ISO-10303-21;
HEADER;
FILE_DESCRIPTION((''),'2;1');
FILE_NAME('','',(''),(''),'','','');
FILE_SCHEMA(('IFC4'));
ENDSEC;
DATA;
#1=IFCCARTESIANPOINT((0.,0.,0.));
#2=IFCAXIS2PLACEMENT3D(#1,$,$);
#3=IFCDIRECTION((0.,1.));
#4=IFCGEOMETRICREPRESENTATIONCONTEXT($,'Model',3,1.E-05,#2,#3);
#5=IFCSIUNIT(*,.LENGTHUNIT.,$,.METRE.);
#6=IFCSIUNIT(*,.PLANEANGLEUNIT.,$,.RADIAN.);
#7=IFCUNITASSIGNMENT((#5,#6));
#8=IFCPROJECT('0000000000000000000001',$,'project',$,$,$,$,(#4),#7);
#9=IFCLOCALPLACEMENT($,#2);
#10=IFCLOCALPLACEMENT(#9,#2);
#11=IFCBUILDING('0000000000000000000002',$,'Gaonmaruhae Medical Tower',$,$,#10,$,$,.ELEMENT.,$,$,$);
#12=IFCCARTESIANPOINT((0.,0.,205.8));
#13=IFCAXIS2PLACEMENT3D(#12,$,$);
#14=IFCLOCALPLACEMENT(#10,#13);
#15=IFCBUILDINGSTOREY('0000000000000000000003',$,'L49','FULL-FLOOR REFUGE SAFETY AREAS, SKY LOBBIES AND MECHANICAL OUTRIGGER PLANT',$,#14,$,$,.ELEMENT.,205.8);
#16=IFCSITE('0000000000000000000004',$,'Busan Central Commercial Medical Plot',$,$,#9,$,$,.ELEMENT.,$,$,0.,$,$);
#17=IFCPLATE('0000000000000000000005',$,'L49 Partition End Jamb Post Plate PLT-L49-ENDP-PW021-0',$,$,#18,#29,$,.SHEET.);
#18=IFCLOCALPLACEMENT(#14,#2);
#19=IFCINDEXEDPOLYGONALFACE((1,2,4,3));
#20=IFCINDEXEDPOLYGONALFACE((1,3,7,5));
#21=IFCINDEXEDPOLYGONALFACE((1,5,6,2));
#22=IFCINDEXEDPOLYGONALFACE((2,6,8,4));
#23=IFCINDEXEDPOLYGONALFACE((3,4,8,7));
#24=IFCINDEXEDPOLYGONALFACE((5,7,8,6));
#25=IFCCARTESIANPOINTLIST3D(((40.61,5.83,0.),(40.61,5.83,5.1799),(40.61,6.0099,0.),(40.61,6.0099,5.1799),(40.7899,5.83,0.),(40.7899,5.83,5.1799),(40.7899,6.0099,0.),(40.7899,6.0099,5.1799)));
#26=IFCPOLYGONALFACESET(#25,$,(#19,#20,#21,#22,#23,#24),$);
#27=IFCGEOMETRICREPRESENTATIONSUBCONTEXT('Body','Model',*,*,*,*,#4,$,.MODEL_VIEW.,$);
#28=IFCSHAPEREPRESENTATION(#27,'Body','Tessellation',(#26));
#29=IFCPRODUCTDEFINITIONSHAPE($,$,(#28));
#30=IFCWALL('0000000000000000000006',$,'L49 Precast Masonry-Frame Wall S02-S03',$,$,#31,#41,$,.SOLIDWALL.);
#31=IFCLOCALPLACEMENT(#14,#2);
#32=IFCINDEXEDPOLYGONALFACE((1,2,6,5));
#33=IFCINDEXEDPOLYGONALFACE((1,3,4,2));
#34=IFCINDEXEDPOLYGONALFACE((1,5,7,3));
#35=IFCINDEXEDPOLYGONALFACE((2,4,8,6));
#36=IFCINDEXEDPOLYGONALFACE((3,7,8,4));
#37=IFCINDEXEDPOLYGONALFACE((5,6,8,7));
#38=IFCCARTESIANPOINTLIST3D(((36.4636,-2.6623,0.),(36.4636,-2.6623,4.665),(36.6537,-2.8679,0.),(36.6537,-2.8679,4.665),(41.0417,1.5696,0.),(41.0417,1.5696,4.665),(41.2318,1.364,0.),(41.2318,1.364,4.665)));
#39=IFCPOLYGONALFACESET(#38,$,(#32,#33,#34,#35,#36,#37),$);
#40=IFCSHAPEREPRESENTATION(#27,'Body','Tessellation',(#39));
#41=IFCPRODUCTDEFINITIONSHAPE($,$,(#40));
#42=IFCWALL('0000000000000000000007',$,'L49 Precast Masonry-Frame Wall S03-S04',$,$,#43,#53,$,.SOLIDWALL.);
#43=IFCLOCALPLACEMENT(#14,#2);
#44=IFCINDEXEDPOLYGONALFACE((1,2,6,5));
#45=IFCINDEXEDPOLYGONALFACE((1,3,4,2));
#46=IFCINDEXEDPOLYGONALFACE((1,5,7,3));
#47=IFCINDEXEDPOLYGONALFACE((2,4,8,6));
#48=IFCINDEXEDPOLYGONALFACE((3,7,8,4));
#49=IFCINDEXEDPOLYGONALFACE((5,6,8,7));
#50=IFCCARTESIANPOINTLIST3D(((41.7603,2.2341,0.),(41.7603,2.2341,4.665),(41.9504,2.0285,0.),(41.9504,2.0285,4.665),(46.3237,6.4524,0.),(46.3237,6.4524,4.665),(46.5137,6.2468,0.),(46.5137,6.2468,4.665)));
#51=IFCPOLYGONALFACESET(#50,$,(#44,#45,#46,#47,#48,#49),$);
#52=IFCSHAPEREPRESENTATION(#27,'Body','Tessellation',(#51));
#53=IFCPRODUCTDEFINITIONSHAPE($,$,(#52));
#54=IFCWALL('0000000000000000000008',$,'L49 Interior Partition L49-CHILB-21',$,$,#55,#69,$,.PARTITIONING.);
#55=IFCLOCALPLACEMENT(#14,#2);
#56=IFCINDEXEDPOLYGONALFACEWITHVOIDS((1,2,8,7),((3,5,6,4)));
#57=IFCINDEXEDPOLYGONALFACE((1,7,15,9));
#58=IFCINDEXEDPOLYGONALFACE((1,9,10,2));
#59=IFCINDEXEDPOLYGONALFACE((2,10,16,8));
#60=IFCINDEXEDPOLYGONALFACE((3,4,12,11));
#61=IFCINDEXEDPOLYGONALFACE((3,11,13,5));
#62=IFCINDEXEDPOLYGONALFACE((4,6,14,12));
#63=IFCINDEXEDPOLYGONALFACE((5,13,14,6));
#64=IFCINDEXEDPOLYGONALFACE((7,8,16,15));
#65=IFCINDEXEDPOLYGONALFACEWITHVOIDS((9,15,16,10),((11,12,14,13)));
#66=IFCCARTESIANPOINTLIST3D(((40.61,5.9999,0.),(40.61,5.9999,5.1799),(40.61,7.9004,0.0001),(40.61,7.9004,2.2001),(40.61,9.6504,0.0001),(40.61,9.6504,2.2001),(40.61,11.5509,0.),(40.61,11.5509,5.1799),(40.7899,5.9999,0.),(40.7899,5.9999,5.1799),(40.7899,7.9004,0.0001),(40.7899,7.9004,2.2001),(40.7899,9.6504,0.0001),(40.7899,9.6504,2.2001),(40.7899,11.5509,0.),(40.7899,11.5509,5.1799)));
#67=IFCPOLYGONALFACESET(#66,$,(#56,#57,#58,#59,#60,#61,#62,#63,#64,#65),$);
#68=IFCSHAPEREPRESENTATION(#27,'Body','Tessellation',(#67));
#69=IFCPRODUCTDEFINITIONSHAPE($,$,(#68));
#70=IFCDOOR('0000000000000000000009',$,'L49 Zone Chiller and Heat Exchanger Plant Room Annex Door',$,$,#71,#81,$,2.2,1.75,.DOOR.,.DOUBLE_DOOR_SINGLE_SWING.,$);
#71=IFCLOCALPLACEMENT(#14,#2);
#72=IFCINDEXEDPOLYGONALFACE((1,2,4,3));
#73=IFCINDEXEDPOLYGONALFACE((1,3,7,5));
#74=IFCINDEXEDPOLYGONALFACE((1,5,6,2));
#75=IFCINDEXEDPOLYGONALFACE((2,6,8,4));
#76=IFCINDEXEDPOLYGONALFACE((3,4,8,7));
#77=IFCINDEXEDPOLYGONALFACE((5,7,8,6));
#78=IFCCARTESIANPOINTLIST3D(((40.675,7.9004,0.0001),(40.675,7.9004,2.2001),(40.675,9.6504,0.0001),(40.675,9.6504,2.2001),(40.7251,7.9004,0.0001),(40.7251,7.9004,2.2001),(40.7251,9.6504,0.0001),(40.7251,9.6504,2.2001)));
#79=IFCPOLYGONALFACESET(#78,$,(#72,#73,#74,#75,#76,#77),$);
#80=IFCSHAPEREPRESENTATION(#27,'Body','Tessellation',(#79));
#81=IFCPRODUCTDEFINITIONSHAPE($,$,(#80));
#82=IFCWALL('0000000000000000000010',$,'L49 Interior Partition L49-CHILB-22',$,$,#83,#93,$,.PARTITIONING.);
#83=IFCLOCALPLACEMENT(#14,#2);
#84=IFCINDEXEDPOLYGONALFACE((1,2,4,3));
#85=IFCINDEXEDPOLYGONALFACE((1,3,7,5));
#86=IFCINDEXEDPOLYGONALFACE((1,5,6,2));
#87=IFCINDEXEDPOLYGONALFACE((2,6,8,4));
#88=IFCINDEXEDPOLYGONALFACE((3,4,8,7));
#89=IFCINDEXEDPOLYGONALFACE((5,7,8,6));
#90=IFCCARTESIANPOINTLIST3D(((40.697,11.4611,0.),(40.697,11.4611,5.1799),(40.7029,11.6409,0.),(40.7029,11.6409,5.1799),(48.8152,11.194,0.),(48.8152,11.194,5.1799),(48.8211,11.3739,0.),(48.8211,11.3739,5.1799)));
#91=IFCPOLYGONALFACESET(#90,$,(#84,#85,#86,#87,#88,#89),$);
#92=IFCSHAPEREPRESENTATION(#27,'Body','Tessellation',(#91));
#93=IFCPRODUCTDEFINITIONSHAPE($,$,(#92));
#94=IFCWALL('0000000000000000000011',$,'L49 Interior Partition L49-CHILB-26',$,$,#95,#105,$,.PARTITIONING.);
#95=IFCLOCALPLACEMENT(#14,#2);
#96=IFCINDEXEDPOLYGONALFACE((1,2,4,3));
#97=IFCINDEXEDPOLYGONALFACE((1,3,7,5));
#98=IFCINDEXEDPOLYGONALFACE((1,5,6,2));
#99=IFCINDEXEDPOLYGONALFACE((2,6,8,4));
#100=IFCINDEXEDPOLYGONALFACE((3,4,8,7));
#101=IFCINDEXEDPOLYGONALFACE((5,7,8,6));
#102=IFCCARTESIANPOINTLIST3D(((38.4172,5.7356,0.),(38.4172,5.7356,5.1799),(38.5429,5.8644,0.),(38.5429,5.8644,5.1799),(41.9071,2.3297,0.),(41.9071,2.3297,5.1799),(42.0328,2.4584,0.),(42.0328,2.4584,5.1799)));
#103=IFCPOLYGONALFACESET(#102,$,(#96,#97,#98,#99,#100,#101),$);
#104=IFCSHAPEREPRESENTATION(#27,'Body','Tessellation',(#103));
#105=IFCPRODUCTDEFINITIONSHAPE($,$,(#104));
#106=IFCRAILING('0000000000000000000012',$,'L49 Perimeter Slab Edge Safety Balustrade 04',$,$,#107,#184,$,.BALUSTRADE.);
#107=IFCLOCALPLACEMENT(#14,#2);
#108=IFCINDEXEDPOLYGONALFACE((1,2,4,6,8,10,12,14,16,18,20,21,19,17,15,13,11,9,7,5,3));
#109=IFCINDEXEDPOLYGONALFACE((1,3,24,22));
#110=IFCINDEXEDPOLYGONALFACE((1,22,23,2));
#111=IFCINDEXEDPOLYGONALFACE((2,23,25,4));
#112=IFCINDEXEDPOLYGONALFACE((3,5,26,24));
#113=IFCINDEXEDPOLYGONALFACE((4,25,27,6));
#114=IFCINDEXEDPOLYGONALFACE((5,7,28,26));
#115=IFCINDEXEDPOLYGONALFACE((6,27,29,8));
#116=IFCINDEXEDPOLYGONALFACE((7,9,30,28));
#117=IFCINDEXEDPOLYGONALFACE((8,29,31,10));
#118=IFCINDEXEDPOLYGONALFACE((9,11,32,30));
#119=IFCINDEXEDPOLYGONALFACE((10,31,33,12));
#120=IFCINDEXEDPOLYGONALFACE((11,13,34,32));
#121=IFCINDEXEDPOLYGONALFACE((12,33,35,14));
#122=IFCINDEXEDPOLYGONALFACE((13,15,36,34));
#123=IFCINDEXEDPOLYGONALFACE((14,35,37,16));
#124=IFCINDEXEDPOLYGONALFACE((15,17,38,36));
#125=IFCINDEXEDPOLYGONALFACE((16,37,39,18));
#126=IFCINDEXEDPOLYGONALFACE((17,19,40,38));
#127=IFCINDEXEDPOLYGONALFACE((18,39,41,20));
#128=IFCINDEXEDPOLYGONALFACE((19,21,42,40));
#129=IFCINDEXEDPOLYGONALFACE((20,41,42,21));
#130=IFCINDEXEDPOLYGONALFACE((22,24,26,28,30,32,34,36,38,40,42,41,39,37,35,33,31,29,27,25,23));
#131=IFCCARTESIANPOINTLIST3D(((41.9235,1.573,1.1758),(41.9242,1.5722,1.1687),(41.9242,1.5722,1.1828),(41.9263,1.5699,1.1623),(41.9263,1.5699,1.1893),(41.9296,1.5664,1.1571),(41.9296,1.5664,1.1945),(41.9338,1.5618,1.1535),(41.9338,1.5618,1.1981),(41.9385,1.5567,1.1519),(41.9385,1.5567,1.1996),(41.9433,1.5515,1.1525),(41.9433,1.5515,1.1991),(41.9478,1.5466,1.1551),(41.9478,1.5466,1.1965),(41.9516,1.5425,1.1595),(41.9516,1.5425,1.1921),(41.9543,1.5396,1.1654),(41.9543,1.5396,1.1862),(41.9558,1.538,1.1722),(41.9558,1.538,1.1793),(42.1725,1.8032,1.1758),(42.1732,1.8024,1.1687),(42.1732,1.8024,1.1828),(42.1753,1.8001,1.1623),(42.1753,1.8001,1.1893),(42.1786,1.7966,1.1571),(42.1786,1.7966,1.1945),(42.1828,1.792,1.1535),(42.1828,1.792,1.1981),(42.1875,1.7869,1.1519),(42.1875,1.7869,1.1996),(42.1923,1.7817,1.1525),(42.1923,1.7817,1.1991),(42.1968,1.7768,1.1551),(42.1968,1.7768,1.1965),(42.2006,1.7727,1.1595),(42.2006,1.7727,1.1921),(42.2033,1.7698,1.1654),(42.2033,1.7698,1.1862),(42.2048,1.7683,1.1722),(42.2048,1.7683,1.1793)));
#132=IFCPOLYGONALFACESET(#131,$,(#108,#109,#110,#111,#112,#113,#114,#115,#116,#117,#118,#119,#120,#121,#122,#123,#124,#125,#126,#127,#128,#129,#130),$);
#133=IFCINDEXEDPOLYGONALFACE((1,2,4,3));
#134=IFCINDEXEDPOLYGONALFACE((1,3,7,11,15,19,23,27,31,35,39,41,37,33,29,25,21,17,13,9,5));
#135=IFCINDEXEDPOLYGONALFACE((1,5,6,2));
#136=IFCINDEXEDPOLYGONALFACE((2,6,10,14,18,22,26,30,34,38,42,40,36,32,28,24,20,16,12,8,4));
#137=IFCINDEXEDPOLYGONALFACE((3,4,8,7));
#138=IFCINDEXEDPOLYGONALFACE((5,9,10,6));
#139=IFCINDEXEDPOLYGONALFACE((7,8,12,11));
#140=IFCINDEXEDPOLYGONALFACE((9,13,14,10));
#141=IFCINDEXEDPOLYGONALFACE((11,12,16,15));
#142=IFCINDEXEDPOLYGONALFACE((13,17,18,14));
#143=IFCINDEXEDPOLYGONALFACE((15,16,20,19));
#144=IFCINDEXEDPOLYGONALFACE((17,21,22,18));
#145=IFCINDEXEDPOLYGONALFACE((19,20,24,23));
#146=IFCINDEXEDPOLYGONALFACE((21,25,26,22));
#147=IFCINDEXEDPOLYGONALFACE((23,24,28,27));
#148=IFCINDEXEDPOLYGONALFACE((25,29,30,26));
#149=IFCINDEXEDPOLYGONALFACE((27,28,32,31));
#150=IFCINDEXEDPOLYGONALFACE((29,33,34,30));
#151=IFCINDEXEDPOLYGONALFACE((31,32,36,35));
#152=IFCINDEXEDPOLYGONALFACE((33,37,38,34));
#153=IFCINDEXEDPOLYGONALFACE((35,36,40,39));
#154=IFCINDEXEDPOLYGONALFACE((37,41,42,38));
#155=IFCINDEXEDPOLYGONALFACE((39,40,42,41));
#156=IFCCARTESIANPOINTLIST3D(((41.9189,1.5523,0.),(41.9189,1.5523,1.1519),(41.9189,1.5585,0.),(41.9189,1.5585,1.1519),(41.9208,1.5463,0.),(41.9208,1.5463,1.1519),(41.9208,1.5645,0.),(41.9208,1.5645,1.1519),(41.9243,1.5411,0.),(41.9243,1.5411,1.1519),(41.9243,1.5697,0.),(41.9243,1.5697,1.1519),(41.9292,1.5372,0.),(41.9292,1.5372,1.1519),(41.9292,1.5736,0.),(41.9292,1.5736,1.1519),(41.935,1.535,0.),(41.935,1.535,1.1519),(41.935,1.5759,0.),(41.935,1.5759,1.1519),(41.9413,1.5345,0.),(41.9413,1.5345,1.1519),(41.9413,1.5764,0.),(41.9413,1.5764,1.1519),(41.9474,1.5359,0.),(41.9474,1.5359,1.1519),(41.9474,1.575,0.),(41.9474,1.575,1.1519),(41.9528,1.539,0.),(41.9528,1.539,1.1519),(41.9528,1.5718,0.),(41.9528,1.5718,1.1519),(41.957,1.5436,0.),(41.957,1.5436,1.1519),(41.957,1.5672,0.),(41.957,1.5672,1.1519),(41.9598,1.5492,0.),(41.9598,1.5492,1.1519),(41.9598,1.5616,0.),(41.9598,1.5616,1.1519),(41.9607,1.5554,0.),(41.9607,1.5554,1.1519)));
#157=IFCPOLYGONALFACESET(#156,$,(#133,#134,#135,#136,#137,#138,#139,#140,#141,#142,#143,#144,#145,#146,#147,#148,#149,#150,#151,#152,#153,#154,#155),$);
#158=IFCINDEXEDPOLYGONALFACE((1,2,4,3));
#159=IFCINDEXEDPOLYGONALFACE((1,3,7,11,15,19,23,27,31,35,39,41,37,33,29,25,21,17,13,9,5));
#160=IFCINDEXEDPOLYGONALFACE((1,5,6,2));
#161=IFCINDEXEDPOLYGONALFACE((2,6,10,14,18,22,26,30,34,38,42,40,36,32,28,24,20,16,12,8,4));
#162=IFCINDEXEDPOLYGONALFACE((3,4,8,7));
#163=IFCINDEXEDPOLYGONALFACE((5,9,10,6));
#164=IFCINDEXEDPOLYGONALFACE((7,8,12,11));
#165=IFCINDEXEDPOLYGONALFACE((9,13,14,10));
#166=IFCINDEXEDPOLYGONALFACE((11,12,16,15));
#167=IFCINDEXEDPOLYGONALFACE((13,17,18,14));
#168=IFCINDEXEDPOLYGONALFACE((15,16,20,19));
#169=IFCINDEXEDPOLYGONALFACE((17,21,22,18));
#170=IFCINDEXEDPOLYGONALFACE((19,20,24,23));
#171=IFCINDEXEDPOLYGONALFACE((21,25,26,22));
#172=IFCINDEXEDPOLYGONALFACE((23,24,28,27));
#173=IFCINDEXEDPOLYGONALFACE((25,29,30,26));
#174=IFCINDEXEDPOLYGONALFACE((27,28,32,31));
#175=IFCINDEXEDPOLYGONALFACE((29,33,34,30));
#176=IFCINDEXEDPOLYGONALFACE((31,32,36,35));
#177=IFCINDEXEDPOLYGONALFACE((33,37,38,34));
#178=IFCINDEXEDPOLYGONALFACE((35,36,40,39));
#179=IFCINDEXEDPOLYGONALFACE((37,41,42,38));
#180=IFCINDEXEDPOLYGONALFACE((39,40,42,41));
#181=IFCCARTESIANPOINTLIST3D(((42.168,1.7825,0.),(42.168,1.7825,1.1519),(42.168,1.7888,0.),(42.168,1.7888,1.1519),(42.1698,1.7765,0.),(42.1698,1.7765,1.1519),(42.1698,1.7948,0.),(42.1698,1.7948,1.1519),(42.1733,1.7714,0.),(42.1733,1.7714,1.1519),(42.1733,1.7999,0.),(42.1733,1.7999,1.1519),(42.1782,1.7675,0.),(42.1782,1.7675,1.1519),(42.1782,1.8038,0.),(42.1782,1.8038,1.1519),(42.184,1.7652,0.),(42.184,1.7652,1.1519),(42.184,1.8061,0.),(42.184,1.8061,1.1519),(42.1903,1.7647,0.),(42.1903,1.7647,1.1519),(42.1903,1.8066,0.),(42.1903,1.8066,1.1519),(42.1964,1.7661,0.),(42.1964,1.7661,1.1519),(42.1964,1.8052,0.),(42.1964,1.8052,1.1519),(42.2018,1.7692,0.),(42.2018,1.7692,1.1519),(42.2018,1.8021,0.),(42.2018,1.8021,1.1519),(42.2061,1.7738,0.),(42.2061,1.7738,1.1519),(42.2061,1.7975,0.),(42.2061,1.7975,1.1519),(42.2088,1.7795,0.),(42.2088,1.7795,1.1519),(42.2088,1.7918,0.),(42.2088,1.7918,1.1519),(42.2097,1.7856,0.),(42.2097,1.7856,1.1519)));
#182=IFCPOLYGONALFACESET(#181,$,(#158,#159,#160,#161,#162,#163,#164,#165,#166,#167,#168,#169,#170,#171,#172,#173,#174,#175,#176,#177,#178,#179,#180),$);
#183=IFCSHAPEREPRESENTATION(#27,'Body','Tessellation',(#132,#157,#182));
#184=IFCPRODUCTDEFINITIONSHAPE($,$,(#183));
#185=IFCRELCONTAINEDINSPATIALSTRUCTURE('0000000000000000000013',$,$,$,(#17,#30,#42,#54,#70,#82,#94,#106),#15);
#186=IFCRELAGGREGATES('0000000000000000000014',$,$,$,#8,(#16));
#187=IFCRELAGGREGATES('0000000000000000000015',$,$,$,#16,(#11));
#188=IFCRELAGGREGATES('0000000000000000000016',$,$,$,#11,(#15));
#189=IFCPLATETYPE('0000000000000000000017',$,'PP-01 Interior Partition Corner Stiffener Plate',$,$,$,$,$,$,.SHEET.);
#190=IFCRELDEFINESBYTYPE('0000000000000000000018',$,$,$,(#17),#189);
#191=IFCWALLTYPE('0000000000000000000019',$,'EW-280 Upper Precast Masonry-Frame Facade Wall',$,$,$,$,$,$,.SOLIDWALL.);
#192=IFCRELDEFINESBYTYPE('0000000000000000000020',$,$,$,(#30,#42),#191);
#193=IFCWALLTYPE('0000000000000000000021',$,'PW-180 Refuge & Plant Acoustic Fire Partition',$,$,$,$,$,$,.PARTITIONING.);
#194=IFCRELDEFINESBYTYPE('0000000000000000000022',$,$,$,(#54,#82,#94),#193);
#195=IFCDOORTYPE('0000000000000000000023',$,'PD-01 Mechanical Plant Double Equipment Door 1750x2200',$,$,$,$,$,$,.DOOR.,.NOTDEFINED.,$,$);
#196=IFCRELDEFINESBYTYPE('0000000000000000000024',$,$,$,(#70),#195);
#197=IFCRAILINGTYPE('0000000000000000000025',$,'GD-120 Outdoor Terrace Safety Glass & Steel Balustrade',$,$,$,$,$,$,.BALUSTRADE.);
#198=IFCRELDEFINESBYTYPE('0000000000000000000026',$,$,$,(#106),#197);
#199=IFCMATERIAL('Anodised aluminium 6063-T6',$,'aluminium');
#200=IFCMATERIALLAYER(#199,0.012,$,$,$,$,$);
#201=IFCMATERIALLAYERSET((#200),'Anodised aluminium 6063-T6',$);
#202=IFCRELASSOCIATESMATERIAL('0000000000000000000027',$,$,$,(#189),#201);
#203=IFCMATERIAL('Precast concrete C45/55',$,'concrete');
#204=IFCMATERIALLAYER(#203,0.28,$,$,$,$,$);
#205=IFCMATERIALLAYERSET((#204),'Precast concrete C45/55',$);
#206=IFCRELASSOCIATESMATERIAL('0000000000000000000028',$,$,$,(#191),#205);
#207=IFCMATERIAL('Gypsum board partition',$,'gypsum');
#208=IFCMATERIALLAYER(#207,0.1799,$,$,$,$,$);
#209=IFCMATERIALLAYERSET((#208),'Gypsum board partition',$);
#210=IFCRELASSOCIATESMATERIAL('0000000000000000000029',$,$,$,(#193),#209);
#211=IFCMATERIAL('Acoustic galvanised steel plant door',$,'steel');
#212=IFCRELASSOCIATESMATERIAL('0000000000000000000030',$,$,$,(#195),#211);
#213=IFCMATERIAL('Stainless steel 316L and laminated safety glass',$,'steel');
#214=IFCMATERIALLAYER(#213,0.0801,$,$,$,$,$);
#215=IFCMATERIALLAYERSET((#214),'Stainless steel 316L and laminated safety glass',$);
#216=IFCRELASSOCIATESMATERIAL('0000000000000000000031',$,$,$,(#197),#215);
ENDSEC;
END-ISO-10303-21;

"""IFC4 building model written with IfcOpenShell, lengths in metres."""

from ifc_helpers import new_model, si_unit, direction, frame, frame_2d, origin, origin_2d, place, context, subcontext, project, spatial, rectangle, circle, extrude, material, layer, layer_set, type_object, element, fill, save


model = new_model("IFC4")

# Units and contexts
model_context = context("Model", 3, precision=1e-05, world=origin(), true_north=direction((0.0, 1.0)))
body_context = subcontext(model_context, "Body", "Model", "MODEL_VIEW")
ifc_project = project(units=[si_unit("LENGTHUNIT", "METRE"), si_unit("PLANEANGLEUNIT", "RADIAN")], contexts=[model_context])

# Site, building, storey
site_placement = place(None, origin())
site = spatial("IfcSite", under=ifc_project, at=site_placement, Name="Busan Central Commercial Medical Plot", CompositionType="ELEMENT", RefElevation=0.0)
building_placement = place(site_placement, origin())
building = spatial("IfcBuilding", under=site, at=building_placement, Name="Gaonmaruhae Medical Tower", CompositionType="ELEMENT")
storey_placement = place(building_placement, frame((0.0, 0.0, 205.8)))
storey = spatial("IfcBuildingStorey", under=building, at=storey_placement, Name="L49", Description="FULL-FLOOR REFUGE SAFETY AREAS, SKY LOBBIES AND MECHANICAL OUTRIGGER PLANT", CompositionType="ELEMENT", Elevation=205.8)

# Plate
ifc_material_1 = material(Name="Anodised aluminium 6063-T6", Category="aluminium")
ifc_layer_1 = layer(ifc_material_1, 0.012)
ifc_layer_set_1 = layer_set([ifc_layer_1], Name="Anodised aluminium 6063-T6")
plate_type_1 = type_object("IfcPlateType", Name="PP-01 Interior Partition Corner Stiffener Plate", PredefinedType="SHEET", material=ifc_layer_set_1)
plate_placement = place(storey_placement, frame((40.7, 5.9199, 0.0), z_axis=(0.0, 0.0, 1.0), x_axis=(0.0, 1.0, 0.0)))
element("IfcPlate", 1, at=plate_placement, inside=storey, type_object=plate_type_1, Name="L49 Partition End Jamb Post Plate PLT-L49-ENDP-PW021-0", PredefinedType="SHEET", context=body_context, shape_type="SweptSolid", body=[
    extrude(rectangle(XDim=0.1799, YDim=0.1799, at=origin_2d()), origin(), (0.0, 0.0, 1.0), 5.1799),
])

# Walls
ifc_material_2 = material(Name="Precast concrete C45/55", Category="concrete")
ifc_layer_2 = layer(ifc_material_2, 0.28)
ifc_layer_set_2 = layer_set([ifc_layer_2], Name="Precast concrete C45/55")
wall_type_1 = type_object("IfcWallType", Name="EW-280 Upper Precast Masonry-Frame Facade Wall", PredefinedType="SOLIDWALL", material=ifc_layer_set_2)
wall_1_placement = place(storey_placement, frame((41.1367, 1.4668, 0.0), z_axis=(0.0, 0.0, 1.0), x_axis=(-0.734326, -0.678797, 0.0)))
element("IfcWall", 2, at=wall_1_placement, inside=storey, type_object=wall_type_1, Name="L49 Precast Masonry-Frame Wall S02-S03", PredefinedType="SOLIDWALL", context=body_context, shape_type="SweptSolid", body=[
    extrude(rectangle(XDim=6.2344, YDim=0.28, at=frame_2d((3.1172, 0.0))), origin(), (0.0, 0.0, 1.0), 4.665),
])
wall_2_placement = place(storey_placement, frame((46.4187, 6.3496, 0.0), z_axis=(0.0, 0.0, 1.0), x_axis=(-0.734318, -0.678805, 0.0)))
element("IfcWall", 3, at=wall_2_placement, inside=storey, type_object=wall_type_1, Name="L49 Precast Masonry-Frame Wall S03-S04", PredefinedType="SOLIDWALL", context=body_context, shape_type="SweptSolid", body=[
    extrude(rectangle(XDim=6.2144, YDim=0.28, at=frame_2d((3.1072, 0.0))), origin(), (0.0, 0.0, 1.0), 4.665),
])

# Wall, opening, door
ifc_material_3 = material(Name="Gypsum board partition", Category="gypsum")
ifc_layer_3 = layer(ifc_material_3, 0.1799)
ifc_layer_set_3 = layer_set([ifc_layer_3], Name="Gypsum board partition")
wall_type_2 = type_object("IfcWallType", Name="PW-180 Refuge & Plant Acoustic Fire Partition", PredefinedType="PARTITIONING", material=ifc_layer_set_3)
wall_3_placement = place(storey_placement, frame((40.7, 6.0, 0.0), z_axis=(0.0, 0.0, 1.0), x_axis=(0.0, 1.0, 0.0)))
wall_3 = element("IfcWall", 4, at=wall_3_placement, inside=storey, type_object=wall_type_2, Name="L49 Interior Partition L49-CHILB-21", PredefinedType="PARTITIONING", context=body_context, shape_type="SweptSolid", body=[
    extrude(rectangle(XDim=5.551, YDim=0.1799, at=frame_2d((2.7754, 0.0))), origin(), (0.0, 0.0, 1.0), 5.1799),
])
opening_placement = place(wall_3_placement, frame((1.9004, 0.0, 0.0)))
opening = element("IfcOpeningElement", 5, at=opening_placement, cuts=wall_3, PredefinedType="OPENING", context=body_context, shape_type="SweptSolid", body=[
    extrude(rectangle(XDim=1.75, YDim=2.2, at=frame_2d((0.875, 1.1001))), frame((0.0, 0.1001, 0.0), z_axis=(0.0, -1.0, 0.0), x_axis=(1.0, 0.0, 0.0)), (0.0, 0.0, 1.0), 0.2),
])
ifc_material_4 = material(Name="Acoustic galvanised steel plant door", Category="steel")
door_type = type_object("IfcDoorType", Name="PD-01 Mechanical Plant Double Equipment Door 1750x2200", OperationType="NOTDEFINED", PredefinedType="DOOR", material=ifc_material_4)
door_placement = place(opening_placement, origin())
door = element("IfcDoor", 6, at=door_placement, inside=storey, type_object=door_type, Name="L49 Zone Chiller and Heat Exchanger Plant Room Annex Door", OperationType="DOUBLE_DOOR_SINGLE_SWING", OverallHeight=2.2, OverallWidth=1.75, PredefinedType="DOOR", context=body_context, shape_type="SweptSolid", body=[
    extrude(rectangle(XDim=1.75, YDim=2.2, at=frame_2d((0.875, 1.1001))), frame((0.0, 0.0249, 0.0), z_axis=(0.0, -1.0, 0.0), x_axis=(1.0, 0.0, 0.0)), (0.0, 0.0, 1.0), 0.05),
])
fill(opening, door)

# Walls
wall_4_placement = place(storey_placement, frame((40.7, 11.551, 0.0), z_axis=(0.0, 0.0, 1.0), x_axis=(0.999459, -0.032882, 0.0)))
element("IfcWall", 7, at=wall_4_placement, inside=storey, type_object=wall_type_2, Name="L49 Interior Partition L49-CHILB-22", PredefinedType="PARTITIONING", context=body_context, shape_type="SweptSolid", body=[
    extrude(rectangle(XDim=8.1226, YDim=0.1799, at=frame_2d((4.0613, 0.0))), origin(), (0.0, 0.0, 1.0), 5.1799),
])
wall_5_placement = place(storey_placement, frame((41.97, 2.394, 0.0), z_axis=(0.0, 0.0, 1.0), x_axis=(-0.715665, 0.698443, 0.0)))
element("IfcWall", 8, at=wall_5_placement, inside=storey, type_object=wall_type_2, Name="L49 Interior Partition L49-CHILB-26", PredefinedType="PARTITIONING", context=body_context, shape_type="SweptSolid", body=[
    extrude(rectangle(XDim=4.8765, YDim=0.1799, at=frame_2d((2.4382, 0.0))), origin(), (0.0, 0.0, 1.0), 5.1799),
])

# Railing
ifc_material_5 = material(Name="Stainless steel 316L and laminated safety glass", Category="steel")
ifc_layer_4 = layer(ifc_material_5, 0.0801)
ifc_layer_set_4 = layer_set([ifc_layer_4], Name="Stainless steel 316L and laminated safety glass")
railing_type = type_object("IfcRailingType", Name="GD-120 Outdoor Terrace Safety Glass & Steel Balustrade", PredefinedType="BALUSTRADE", material=ifc_layer_set_4)
railing_placement = place(storey_placement, frame((41.9397, 1.5554, 0.0)))
element("IfcRailing", 9, at=railing_placement, inside=storey, type_object=railing_type, Name="L49 Perimeter Slab Edge Safety Balustrade 04", PredefinedType="BALUSTRADE", context=body_context, shape_type="SweptSolid", body=[
    extrude(circle(Radius=0.0239, at=origin_2d()), frame((0.0, 0.0, 1.1758), z_axis=(0.734279, 0.678848, 0.0), x_axis=(-0.678848, 0.734279, 0.0)), (0.0, 0.0, 1.0), 0.3391),
    extrude(circle(Radius=0.021, at=origin_2d()), origin(), (0.0, 0.0, 1.0), 1.1519),
    extrude(circle(Radius=0.021, at=origin_2d()), frame((0.249, 0.2302, 0.0)), (0.0, 0.0, 1.0), 1.1519),
])

save(model, "model.ifc")
